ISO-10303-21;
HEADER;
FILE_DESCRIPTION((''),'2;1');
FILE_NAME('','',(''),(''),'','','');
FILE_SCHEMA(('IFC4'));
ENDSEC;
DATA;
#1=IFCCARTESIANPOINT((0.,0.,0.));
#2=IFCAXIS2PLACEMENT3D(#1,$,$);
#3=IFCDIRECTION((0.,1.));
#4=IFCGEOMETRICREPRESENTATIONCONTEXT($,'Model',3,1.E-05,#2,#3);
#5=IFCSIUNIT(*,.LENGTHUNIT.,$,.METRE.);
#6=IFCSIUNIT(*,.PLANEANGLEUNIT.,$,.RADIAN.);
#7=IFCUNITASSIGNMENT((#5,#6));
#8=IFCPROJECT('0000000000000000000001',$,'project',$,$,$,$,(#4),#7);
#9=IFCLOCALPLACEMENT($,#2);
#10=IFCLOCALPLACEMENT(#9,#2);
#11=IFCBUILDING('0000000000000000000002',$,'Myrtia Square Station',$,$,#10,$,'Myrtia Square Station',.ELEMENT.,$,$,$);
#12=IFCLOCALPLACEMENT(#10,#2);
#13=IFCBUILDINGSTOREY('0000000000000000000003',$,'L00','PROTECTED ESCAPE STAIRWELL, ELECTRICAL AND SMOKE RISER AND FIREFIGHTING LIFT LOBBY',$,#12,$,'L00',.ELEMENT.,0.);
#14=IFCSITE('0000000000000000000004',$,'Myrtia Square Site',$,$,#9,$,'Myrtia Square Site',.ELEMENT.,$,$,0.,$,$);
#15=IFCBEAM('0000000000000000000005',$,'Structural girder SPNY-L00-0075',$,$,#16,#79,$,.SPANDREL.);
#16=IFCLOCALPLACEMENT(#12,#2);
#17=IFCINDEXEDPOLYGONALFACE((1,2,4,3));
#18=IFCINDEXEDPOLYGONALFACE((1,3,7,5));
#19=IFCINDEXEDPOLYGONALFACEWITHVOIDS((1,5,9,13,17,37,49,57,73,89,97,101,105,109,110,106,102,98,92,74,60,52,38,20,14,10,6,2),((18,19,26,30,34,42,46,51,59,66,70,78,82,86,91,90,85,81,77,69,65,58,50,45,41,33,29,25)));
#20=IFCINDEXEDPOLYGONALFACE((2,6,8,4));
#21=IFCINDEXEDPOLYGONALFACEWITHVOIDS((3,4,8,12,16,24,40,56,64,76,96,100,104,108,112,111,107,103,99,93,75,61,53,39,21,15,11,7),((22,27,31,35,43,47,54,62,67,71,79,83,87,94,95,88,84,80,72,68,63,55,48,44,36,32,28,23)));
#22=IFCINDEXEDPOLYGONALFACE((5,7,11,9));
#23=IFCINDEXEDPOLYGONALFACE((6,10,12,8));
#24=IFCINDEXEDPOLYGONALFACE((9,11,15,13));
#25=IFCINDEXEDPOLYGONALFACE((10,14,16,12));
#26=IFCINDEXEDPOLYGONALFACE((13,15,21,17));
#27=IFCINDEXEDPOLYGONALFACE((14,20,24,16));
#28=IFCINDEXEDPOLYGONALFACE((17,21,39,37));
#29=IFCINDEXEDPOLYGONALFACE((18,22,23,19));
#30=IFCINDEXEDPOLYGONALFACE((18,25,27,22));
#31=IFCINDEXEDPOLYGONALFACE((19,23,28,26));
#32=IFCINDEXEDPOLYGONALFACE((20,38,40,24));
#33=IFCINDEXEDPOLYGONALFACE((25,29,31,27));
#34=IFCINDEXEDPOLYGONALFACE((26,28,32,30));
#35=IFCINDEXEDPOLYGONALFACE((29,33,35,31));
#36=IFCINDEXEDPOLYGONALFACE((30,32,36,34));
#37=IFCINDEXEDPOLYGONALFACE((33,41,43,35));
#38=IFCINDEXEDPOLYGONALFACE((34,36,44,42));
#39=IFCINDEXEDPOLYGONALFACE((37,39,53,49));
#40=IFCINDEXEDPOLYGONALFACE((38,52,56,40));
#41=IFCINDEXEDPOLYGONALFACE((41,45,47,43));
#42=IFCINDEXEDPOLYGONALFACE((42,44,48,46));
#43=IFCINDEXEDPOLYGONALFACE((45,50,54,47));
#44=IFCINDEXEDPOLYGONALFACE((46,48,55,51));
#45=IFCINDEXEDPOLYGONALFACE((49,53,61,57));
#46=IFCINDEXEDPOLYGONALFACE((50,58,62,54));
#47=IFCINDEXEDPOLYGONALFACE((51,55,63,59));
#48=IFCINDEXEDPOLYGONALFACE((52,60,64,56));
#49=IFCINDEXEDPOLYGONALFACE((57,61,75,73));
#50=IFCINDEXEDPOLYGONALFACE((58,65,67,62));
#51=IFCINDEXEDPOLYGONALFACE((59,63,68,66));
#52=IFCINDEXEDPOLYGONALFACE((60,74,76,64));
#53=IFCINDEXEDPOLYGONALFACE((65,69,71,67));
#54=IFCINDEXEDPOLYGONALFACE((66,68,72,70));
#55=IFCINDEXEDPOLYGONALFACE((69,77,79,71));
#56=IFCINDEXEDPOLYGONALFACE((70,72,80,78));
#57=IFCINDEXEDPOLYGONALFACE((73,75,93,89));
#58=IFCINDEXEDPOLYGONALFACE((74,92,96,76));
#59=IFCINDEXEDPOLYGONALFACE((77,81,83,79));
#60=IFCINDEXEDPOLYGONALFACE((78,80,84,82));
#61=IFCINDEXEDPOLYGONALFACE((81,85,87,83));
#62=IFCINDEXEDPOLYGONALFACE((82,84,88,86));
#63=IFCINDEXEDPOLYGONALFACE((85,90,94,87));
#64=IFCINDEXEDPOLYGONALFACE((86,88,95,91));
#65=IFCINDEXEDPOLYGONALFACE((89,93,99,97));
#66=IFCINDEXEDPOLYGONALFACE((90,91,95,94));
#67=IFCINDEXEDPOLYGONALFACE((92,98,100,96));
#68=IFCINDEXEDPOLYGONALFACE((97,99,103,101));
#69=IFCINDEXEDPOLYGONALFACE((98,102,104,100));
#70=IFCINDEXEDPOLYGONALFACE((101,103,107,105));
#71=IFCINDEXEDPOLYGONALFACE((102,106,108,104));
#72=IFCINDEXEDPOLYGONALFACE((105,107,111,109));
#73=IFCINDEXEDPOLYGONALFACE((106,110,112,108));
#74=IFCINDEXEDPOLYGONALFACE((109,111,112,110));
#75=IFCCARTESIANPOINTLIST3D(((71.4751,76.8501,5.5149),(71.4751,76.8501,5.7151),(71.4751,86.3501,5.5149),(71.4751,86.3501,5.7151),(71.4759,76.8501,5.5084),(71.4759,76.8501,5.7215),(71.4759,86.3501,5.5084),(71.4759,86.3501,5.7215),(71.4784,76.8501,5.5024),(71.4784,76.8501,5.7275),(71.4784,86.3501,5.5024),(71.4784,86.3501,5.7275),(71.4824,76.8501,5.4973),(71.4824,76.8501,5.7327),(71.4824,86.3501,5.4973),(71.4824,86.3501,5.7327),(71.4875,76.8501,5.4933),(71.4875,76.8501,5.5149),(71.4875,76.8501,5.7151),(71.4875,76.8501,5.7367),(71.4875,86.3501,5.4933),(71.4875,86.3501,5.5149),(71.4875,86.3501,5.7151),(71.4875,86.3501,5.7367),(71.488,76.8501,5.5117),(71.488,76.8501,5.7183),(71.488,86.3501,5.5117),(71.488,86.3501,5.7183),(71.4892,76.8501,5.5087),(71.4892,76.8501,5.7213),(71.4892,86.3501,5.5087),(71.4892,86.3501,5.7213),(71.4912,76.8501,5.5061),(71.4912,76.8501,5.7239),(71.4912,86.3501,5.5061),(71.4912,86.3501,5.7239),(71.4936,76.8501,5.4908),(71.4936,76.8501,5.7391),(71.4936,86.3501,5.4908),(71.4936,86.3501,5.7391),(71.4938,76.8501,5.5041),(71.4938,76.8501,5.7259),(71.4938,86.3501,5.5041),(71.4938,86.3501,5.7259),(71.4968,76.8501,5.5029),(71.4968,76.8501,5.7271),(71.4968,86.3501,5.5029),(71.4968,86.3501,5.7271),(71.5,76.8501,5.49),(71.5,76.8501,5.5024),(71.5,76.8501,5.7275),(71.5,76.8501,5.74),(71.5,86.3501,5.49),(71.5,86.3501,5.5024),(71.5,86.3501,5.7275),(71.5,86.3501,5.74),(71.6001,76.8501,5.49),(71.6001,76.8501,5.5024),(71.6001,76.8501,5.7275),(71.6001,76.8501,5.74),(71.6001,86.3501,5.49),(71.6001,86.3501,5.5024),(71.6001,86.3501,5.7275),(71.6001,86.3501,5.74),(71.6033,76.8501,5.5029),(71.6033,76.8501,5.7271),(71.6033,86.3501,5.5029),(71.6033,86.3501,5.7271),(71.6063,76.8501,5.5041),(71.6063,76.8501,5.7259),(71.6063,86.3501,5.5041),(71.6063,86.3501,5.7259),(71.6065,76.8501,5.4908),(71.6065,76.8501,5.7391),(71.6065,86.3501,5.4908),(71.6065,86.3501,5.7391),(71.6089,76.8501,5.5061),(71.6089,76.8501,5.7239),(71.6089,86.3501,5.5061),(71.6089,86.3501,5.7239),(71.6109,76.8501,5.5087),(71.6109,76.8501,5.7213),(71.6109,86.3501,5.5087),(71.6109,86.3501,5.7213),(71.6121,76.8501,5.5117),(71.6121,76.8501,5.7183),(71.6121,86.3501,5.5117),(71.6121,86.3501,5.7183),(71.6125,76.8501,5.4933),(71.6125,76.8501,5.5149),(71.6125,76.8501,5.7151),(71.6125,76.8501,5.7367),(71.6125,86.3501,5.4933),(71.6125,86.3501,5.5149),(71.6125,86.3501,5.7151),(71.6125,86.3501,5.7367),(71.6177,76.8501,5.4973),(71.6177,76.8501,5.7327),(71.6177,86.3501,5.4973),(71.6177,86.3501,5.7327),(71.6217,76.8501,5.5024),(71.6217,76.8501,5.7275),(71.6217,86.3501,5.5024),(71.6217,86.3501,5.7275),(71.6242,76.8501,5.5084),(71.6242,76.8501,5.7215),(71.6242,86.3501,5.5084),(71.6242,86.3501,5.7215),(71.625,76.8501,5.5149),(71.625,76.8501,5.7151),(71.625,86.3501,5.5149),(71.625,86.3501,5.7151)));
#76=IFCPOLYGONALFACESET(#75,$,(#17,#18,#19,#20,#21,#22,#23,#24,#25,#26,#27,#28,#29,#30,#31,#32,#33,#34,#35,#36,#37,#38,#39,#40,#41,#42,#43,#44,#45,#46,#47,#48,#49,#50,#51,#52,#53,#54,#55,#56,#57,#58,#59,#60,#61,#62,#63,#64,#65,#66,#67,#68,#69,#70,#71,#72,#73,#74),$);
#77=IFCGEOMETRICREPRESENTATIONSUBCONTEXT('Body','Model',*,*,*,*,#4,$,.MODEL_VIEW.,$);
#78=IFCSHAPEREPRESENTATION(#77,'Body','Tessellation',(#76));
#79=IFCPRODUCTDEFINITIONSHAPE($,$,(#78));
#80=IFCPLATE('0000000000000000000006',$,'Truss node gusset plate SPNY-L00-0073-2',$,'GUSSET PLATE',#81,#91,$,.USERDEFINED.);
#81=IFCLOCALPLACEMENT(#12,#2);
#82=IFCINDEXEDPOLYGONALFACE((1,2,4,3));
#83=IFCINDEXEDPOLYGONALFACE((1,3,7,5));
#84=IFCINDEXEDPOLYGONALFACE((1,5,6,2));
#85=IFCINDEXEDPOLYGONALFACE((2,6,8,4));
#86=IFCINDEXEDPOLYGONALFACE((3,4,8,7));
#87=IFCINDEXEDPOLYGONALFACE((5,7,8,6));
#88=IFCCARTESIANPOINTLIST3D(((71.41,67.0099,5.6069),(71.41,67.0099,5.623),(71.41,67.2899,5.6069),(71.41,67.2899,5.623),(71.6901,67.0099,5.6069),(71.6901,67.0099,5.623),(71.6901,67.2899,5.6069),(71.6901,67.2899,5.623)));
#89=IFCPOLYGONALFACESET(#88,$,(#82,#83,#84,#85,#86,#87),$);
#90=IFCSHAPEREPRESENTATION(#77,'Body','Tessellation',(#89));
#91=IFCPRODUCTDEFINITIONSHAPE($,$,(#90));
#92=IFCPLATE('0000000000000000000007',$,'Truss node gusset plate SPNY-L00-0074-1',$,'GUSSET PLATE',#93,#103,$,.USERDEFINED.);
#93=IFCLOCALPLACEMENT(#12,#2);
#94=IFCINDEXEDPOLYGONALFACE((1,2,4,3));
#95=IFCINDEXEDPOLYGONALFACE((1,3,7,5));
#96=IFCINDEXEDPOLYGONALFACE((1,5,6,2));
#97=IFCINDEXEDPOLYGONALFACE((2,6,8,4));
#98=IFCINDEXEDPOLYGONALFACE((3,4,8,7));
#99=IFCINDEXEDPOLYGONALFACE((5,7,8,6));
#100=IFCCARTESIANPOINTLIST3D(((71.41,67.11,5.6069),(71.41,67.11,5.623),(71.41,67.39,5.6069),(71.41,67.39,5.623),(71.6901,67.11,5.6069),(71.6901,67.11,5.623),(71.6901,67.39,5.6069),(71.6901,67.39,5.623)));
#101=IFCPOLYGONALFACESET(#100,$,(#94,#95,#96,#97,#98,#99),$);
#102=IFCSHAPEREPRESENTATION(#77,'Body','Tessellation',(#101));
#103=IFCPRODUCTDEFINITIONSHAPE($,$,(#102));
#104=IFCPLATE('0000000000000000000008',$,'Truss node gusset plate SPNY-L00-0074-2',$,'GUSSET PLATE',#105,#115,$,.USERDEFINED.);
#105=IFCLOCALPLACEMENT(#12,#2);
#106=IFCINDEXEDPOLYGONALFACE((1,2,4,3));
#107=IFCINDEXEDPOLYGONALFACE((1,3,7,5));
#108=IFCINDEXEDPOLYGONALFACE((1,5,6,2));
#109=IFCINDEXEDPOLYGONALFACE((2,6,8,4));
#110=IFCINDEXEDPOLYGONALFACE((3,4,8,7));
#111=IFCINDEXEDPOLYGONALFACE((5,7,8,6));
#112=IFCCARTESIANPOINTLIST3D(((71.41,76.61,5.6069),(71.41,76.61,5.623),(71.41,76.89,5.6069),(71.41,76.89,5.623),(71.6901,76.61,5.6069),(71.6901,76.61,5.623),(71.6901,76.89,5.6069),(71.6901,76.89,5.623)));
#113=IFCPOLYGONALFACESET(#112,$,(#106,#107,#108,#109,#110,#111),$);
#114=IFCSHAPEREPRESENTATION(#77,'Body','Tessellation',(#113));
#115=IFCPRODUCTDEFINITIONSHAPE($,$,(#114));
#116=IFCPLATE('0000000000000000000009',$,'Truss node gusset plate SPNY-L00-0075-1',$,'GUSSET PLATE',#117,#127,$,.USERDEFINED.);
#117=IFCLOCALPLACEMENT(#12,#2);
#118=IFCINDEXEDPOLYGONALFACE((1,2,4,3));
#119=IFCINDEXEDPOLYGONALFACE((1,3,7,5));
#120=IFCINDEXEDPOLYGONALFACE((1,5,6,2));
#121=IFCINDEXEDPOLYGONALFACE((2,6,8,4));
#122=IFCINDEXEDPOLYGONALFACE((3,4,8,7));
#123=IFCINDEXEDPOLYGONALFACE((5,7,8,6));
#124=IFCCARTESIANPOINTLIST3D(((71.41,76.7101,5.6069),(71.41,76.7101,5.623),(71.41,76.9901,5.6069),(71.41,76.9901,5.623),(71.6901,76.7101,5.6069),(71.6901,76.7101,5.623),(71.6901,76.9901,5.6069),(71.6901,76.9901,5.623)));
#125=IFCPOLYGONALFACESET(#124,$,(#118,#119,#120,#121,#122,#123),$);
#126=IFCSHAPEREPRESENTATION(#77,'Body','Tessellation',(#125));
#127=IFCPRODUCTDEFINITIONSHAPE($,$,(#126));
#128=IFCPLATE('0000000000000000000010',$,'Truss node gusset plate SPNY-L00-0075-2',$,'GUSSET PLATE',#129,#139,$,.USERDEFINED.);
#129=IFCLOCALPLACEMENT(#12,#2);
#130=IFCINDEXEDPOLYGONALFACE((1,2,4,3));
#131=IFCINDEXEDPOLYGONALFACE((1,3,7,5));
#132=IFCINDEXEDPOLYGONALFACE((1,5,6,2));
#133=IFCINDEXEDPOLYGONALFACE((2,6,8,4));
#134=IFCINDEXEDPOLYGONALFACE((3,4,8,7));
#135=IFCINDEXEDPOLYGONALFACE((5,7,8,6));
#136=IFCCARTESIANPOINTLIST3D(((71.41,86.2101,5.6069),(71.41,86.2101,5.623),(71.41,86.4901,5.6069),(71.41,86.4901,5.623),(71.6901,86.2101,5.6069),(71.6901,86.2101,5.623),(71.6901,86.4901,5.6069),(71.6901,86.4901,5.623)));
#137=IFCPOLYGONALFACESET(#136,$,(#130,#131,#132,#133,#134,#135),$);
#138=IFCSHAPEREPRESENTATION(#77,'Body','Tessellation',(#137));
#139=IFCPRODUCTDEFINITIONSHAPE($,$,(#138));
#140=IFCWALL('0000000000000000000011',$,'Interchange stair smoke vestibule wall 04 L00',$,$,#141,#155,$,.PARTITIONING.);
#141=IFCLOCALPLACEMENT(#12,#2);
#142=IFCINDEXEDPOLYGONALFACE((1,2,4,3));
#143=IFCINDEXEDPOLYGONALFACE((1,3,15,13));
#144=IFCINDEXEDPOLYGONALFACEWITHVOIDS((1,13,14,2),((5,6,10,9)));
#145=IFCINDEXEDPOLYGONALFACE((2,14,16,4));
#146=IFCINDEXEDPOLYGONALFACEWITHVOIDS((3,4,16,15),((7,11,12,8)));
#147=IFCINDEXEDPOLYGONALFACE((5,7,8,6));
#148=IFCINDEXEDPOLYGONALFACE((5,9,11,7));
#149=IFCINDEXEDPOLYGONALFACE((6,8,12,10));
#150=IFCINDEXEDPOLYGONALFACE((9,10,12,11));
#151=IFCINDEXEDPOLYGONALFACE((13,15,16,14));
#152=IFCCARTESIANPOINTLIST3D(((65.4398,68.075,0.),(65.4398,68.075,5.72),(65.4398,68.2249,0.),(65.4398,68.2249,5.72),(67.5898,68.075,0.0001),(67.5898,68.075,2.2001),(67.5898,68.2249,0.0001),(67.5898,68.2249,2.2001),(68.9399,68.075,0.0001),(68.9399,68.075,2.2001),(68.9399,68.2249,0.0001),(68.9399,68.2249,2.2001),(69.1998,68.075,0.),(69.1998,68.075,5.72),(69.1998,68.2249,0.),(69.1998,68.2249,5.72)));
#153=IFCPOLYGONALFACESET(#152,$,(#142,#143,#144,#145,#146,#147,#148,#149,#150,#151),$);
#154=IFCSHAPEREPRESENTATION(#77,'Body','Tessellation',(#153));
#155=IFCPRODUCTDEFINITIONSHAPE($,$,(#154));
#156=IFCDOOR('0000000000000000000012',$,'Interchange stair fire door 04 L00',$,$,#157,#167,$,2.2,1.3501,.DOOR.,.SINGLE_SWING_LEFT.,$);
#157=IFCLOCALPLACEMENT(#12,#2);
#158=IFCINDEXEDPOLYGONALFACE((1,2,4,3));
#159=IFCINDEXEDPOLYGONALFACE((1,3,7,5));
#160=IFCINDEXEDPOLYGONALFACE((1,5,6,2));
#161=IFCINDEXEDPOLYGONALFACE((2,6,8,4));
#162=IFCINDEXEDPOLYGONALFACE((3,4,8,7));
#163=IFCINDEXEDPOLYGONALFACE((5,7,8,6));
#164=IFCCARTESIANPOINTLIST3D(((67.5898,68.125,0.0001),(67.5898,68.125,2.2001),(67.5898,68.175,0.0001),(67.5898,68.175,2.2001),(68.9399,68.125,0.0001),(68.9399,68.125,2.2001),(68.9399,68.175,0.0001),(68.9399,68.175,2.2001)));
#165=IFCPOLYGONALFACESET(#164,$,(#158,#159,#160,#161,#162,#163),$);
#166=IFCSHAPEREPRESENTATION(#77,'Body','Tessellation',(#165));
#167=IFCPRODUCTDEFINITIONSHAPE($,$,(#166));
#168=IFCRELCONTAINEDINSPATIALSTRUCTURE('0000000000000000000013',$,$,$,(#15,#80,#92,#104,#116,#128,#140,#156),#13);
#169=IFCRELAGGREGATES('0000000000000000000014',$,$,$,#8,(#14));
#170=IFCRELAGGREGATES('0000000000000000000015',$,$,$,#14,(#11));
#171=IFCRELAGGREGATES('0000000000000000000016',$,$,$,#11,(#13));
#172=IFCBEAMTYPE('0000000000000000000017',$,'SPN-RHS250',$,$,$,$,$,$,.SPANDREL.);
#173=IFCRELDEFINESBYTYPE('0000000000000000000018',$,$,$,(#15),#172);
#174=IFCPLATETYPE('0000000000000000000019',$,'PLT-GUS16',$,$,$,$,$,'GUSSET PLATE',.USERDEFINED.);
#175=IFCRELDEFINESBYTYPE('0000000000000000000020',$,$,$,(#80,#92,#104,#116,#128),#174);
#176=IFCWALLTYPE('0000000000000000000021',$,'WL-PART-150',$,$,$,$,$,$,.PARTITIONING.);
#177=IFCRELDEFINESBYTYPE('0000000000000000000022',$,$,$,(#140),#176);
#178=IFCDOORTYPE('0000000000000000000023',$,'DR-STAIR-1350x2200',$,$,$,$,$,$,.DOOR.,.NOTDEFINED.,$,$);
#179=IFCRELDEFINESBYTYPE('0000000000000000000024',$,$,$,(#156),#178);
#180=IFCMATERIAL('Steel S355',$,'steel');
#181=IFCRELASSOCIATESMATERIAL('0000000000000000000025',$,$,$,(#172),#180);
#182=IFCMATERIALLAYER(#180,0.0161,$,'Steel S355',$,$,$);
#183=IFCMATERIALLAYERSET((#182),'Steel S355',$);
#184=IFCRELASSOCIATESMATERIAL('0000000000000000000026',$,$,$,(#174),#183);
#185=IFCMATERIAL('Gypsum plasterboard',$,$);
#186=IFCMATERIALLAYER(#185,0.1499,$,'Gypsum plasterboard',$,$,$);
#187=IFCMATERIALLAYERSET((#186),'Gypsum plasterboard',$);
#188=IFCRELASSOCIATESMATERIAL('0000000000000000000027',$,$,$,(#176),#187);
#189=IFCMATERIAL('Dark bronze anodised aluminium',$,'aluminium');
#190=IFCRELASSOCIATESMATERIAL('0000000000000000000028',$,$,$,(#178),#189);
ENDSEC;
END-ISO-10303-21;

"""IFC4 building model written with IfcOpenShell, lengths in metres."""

from ifc_helpers import new_model, si_unit, direction, frame, frame_2d, origin, origin_2d, place, context, subcontext, project, spatial, rectangle, hollow_rectangle, extrude, material, layer, layer_set, material_profile, profile_set, type_object, element, fill, save


model = new_model("IFC4")

# Units and contexts
model_context = context("Model", 3, precision=1e-05, world=origin(), true_north=direction((0.0, 1.0)))
body_context = subcontext(model_context, "Body", "Model", "MODEL_VIEW")
ifc_project = project(units=[si_unit("LENGTHUNIT", "METRE"), si_unit("PLANEANGLEUNIT", "RADIAN")], contexts=[model_context])

# Site, building, storey
site_placement = place(None, origin())
site = spatial("IfcSite", under=ifc_project, at=site_placement, Name="Myrtia Square Site", LongName="Myrtia Square Site", CompositionType="ELEMENT", RefElevation=0.0)
building_placement = place(site_placement, origin())
building = spatial("IfcBuilding", under=site, at=building_placement, Name="Myrtia Square Station", LongName="Myrtia Square Station", CompositionType="ELEMENT")
storey_placement = place(building_placement, origin())
storey = spatial("IfcBuildingStorey", under=building, at=storey_placement, Name="L00", Description="PROTECTED ESCAPE STAIRWELL, ELECTRICAL AND SMOKE RISER AND FIREFIGHTING LIFT LOBBY", LongName="L00", CompositionType="ELEMENT", Elevation=0.0)

# Shared definitions
ifc_material_1 = material(Name="Steel S355", Category="steel")

# Beam
ifc_material_profile_1 = material_profile(ifc_material_1, hollow_rectangle(XDim=0.1499, YDim=0.25, WallThickness=0.0125, InnerFilletRadius=0.0125, OuterFilletRadius=0.0249, at=origin_2d()), Name="RHS 250x150x12.5")
ifc_profile_set_1 = profile_set([ifc_material_profile_1], Name="Steel S355")
beam_type_1 = type_object("IfcBeamType", Name="SPN-RHS250", PredefinedType="SPANDREL", material=ifc_profile_set_1)
for number, where, z_axis, x_axis, name in (
    (1, (71.55, 76.8501, 5.615), (0.0, 1.0, 0.0), (-1.0, 0.0, 0.0), "Structural girder SPNY-L00-0075"),
):
    element("IfcBeam", number, at=place(storey_placement, frame(where, z_axis=z_axis, x_axis=x_axis)), inside=storey, type_object=beam_type_1, Name=name, PredefinedType="SPANDREL", context=body_context, shape_type="SweptSolid", body=[
        extrude(hollow_rectangle(XDim=0.1499, YDim=0.25, WallThickness=0.0125, InnerFilletRadius=0.0125, OuterFilletRadius=0.0249, at=origin_2d()), origin(), (0.0, 0.0, 1.0), 9.5),
    ])

# Plates
ifc_layer_1 = layer(ifc_material_1, 0.0161, Name="Steel S355")
ifc_layer_set_1 = layer_set([ifc_layer_1], Name="Steel S355")
plate_type = type_object("IfcPlateType", Name="PLT-GUS16", ElementType="GUSSET PLATE", PredefinedType="USERDEFINED", material=ifc_layer_set_1)
for number, where, z_axis, x_axis, name in (
    (2, (71.55, 67.1499, 5.6069), (0.0, 0.0, 1.0), (0.0, 1.0, 0.0), "Truss node gusset plate SPNY-L00-0073-2"),
    (3, (71.55, 67.25, 5.6069), (0.0, 0.0, 1.0), (0.0, 1.0, 0.0), "Truss node gusset plate SPNY-L00-0074-1"),
    (4, (71.55, 76.75, 5.6069), (0.0, 0.0, 1.0), (0.0, 1.0, 0.0), "Truss node gusset plate SPNY-L00-0074-2"),
    (5, (71.55, 76.8501, 5.6069), (0.0, 0.0, 1.0), (0.0, 1.0, 0.0), "Truss node gusset plate SPNY-L00-0075-1"),
    (6, (71.55, 86.3501, 5.6069), (0.0, 0.0, 1.0), (0.0, 1.0, 0.0), "Truss node gusset plate SPNY-L00-0075-2"),
):
    element("IfcPlate", number, at=place(storey_placement, frame(where, z_axis=z_axis, x_axis=x_axis)), inside=storey, type_object=plate_type, Name=name, ObjectType="GUSSET PLATE", PredefinedType="USERDEFINED", context=body_context, shape_type="SweptSolid", body=[
        extrude(rectangle(XDim=0.28, YDim=0.28, at=origin_2d()), origin(), (0.0, 0.0, 1.0), 0.0161),
    ])

# Wall, opening, door
ifc_material_2 = material(Name="Gypsum plasterboard")
ifc_layer_2 = layer(ifc_material_2, 0.1499, Name="Gypsum plasterboard")
ifc_layer_set_2 = layer_set([ifc_layer_2], Name="Gypsum plasterboard")
wall_type = type_object("IfcWallType", Name="WL-PART-150", PredefinedType="PARTITIONING", material=ifc_layer_set_2)
wall_placement = place(storey_placement, frame((65.4399, 68.1499, 0.0), z_axis=(0.0, 0.0, 1.0), x_axis=(1.0, 0.0, 0.0)))
wall = element("IfcWall", 7, at=wall_placement, inside=storey, type_object=wall_type, Name="Interchange stair smoke vestibule wall 04 L00", PredefinedType="PARTITIONING", context=body_context, shape_type="SweptSolid", body=[
    extrude(rectangle(XDim=3.76, YDim=0.1499, at=frame_2d((1.8799, 0.0))), origin(), (0.0, 0.0, 1.0), 5.72),
])
opening_placement = place(wall_placement, frame((2.1499, 0.0, 0.0)))
opening = element("IfcOpeningElement", 8, at=opening_placement, cuts=wall, PredefinedType="OPENING", context=body_context, shape_type="SweptSolid", body=[
    extrude(rectangle(XDim=1.3501, YDim=2.2, at=frame_2d((0.675, 1.1001))), frame((0.0, 0.0898, 0.0), z_axis=(0.0, -1.0, 0.0), x_axis=(1.0, 0.0, 0.0)), (0.0, 0.0, 1.0), 0.1799),
])
ifc_material_3 = material(Name="Dark bronze anodised aluminium", Category="aluminium")
door_type = type_object("IfcDoorType", Name="DR-STAIR-1350x2200", OperationType="NOTDEFINED", PredefinedType="DOOR", material=ifc_material_3)
door_placement = place(opening_placement, frame((1.3501, 0.0, 0.0), z_axis=(0.0, 0.0, 1.0), x_axis=(-1.0, 0.0, 0.0)))
door = element("IfcDoor", 9, at=door_placement, inside=storey, type_object=door_type, Name="Interchange stair fire door 04 L00", OperationType="SINGLE_SWING_LEFT", OverallHeight=2.2, OverallWidth=1.3501, PredefinedType="DOOR", context=body_context, shape_type="SweptSolid", body=[
    extrude(rectangle(XDim=1.3501, YDim=2.2, at=frame_2d((0.675, 1.1001))), frame((0.0, 0.0249, 0.0), z_axis=(0.0, -1.0, 0.0), x_axis=(1.0, 0.0, 0.0)), (0.0, 0.0, 1.0), 0.05),
])
fill(opening, door)

save(model, "model.ifc")
